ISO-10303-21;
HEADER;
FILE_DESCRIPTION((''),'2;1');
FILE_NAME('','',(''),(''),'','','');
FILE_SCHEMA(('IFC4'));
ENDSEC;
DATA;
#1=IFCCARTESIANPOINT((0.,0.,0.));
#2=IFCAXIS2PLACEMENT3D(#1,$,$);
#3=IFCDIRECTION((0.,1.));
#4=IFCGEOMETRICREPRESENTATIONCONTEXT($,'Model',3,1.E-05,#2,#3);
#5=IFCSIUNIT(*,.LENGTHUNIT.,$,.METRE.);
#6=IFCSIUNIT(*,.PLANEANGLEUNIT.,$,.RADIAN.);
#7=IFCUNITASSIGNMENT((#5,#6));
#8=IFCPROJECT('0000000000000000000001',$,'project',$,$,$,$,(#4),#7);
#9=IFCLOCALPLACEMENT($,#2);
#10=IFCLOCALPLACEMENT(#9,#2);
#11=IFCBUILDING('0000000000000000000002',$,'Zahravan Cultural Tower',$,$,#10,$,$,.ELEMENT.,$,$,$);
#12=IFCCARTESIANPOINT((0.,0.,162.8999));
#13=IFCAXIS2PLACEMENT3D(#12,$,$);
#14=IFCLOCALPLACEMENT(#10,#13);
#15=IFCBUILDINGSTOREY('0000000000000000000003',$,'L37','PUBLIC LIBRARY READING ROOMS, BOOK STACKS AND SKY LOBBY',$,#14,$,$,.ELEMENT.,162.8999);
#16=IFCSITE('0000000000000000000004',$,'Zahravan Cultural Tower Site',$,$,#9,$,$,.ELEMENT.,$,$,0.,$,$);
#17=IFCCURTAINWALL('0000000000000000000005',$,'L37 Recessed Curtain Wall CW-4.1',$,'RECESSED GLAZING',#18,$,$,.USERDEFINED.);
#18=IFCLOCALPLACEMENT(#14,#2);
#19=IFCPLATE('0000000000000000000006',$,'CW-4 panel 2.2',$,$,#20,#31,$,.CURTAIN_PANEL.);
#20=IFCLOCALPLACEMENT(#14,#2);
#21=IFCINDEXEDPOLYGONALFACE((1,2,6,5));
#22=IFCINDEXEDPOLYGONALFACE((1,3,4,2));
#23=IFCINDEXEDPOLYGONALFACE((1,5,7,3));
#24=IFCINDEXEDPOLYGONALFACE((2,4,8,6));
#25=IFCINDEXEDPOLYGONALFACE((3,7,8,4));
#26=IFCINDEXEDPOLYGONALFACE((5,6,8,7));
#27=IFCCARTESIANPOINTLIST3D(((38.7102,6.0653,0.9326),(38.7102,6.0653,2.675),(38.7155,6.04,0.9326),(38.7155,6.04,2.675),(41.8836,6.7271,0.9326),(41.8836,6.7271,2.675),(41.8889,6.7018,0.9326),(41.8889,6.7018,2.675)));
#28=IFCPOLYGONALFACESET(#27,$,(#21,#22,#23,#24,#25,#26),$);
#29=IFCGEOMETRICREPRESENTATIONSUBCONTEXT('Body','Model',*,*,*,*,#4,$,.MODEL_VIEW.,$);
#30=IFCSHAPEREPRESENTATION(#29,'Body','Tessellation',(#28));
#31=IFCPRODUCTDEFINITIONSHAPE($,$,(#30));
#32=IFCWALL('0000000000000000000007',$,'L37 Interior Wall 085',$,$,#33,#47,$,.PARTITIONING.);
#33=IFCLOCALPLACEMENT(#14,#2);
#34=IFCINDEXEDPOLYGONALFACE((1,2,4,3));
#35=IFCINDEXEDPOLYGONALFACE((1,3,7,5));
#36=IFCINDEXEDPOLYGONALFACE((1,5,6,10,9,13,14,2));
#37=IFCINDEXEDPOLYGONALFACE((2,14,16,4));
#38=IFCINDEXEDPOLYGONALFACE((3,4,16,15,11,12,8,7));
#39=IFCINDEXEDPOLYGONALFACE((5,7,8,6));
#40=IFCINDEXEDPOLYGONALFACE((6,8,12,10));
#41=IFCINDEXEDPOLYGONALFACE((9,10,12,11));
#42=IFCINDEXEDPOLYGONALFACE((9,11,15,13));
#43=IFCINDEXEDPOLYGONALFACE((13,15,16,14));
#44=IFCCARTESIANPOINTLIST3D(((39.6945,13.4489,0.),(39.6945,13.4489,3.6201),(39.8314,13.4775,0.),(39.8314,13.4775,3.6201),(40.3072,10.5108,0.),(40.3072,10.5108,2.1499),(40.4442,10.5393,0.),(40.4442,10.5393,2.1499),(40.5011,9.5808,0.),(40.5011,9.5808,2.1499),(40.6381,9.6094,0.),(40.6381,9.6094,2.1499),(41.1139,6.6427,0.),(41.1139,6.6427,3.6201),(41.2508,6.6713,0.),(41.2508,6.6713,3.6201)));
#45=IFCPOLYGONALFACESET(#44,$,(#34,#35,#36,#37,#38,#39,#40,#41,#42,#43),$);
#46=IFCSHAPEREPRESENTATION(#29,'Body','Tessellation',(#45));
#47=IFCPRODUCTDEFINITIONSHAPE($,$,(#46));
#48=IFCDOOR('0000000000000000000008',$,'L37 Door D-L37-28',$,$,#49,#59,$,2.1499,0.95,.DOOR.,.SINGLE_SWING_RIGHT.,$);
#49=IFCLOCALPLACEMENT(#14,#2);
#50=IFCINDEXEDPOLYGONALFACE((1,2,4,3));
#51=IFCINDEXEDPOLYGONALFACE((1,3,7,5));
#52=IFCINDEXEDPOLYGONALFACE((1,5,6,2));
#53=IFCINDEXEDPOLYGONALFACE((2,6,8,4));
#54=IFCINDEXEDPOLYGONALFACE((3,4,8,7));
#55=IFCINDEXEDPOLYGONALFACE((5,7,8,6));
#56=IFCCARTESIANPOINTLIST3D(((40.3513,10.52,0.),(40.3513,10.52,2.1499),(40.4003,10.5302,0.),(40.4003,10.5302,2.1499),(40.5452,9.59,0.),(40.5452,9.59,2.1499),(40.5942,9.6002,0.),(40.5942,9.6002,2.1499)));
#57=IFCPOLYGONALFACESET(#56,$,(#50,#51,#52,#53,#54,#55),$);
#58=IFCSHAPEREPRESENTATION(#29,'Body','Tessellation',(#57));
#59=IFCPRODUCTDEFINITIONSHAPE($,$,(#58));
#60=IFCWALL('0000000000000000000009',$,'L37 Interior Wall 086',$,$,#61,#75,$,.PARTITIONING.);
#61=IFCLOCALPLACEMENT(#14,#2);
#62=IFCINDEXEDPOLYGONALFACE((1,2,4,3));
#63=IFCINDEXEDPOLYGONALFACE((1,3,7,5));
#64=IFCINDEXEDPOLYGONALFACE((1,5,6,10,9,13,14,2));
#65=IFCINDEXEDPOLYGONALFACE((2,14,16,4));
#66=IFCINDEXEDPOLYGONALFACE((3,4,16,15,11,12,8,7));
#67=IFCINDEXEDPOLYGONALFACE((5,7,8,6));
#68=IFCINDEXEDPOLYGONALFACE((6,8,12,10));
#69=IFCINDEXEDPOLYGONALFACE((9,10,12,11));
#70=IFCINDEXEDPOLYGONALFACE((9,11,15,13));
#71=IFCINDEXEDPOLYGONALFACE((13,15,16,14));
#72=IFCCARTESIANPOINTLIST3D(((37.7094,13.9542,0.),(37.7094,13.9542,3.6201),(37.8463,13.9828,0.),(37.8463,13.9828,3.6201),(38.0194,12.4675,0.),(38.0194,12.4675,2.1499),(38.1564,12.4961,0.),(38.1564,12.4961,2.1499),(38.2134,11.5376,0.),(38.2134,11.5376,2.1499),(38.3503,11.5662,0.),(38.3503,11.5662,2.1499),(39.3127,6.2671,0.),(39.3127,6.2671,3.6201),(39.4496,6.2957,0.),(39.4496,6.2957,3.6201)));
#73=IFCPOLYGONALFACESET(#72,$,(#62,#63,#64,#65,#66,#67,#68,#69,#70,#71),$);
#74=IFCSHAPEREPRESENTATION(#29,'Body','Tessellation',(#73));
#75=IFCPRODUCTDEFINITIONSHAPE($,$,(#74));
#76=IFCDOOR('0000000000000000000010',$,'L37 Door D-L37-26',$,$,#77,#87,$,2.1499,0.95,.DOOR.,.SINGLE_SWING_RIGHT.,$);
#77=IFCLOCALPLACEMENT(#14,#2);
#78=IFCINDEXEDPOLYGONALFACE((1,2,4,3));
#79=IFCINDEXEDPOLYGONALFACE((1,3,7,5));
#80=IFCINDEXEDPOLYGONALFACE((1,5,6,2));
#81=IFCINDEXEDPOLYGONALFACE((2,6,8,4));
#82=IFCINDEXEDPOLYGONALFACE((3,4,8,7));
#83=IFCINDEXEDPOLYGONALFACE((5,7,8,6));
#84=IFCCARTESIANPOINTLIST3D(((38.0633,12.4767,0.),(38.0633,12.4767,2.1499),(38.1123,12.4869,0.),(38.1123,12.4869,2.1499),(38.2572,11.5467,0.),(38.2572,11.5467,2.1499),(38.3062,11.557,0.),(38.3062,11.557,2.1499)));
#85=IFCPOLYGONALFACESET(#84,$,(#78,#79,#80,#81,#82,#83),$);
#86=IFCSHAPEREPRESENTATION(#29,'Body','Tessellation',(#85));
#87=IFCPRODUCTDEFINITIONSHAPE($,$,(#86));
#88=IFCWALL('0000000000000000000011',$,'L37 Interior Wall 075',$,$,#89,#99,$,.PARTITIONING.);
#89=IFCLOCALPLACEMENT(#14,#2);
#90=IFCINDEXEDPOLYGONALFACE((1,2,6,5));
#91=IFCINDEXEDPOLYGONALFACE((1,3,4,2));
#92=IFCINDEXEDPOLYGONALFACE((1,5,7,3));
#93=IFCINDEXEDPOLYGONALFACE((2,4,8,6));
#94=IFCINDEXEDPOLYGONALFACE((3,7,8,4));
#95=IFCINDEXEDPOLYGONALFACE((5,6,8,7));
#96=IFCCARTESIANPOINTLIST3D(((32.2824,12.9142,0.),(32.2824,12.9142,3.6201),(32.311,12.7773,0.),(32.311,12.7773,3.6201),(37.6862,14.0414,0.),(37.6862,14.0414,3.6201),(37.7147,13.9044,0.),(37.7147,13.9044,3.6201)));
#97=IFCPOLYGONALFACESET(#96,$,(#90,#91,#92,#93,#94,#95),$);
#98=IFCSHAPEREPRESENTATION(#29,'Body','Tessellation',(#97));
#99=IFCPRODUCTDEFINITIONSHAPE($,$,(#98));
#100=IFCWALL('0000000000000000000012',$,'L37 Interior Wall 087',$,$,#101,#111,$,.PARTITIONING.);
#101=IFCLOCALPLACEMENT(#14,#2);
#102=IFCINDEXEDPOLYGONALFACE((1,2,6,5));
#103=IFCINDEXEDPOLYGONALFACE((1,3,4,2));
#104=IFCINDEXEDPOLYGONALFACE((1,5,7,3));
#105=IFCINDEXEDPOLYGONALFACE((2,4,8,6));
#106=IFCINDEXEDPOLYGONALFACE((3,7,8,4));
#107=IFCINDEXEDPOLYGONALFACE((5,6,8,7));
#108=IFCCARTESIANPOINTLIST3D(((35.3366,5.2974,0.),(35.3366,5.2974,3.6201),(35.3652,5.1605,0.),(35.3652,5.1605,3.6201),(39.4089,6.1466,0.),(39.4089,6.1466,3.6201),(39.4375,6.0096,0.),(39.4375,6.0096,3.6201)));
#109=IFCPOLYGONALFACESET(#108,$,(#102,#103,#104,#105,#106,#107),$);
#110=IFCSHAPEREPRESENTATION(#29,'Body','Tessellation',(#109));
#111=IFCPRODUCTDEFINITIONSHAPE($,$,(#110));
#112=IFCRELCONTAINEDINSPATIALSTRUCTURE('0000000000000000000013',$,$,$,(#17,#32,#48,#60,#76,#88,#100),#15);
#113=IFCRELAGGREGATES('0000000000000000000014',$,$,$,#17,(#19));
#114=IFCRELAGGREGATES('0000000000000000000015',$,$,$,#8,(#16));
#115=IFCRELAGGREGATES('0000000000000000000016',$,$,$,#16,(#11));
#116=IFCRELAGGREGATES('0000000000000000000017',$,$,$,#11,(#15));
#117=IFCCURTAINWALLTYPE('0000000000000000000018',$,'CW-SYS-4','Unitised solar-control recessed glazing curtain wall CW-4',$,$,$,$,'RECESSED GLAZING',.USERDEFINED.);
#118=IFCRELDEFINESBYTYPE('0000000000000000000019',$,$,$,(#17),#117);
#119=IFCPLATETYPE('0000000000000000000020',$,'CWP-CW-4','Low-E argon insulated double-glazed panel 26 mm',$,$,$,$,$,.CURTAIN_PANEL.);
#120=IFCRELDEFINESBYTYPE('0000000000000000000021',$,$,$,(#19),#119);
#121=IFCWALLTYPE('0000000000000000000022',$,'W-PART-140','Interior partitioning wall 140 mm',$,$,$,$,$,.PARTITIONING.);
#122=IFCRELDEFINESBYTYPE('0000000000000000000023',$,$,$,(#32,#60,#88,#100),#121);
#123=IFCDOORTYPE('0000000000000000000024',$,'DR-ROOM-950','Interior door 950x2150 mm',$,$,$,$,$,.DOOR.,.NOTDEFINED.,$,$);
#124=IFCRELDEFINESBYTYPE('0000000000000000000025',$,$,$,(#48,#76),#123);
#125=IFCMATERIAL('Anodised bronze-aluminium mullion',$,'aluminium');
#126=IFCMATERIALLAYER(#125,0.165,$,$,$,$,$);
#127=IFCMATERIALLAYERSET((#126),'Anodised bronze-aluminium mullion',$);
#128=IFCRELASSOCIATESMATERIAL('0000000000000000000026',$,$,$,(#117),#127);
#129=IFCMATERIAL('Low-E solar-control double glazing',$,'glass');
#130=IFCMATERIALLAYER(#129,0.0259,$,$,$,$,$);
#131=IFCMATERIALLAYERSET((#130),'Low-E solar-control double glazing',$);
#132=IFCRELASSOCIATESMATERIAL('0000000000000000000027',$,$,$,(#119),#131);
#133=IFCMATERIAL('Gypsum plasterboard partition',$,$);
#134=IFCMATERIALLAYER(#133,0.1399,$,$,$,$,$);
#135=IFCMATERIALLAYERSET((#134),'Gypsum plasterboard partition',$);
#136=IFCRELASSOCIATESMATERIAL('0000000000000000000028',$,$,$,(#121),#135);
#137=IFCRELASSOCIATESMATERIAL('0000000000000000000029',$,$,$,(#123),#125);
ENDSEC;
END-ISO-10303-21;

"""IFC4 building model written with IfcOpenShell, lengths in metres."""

from ifc_helpers import new_model, si_unit, direction, frame, frame_2d, origin, origin_2d, place, context, subcontext, project, spatial, rectangle, extrude, source, transform, mapped, material, layer, layer_set, type_object, element, fill, aggregate, save


model = new_model("IFC4")

# Units and contexts
model_context = context("Model", 3, precision=1e-05, world=origin(), true_north=direction((0.0, 1.0)))
body_context = subcontext(model_context, "Body", "Model", "MODEL_VIEW")
ifc_project = project(units=[si_unit("LENGTHUNIT", "METRE"), si_unit("PLANEANGLEUNIT", "RADIAN")], contexts=[model_context])

# Site, building, storey
site_placement = place(None, origin())
site = spatial("IfcSite", under=ifc_project, at=site_placement, Name="Zahravan Cultural Tower Site", CompositionType="ELEMENT", RefElevation=0.0)
building_placement = place(site_placement, origin())
building = spatial("IfcBuilding", under=site, at=building_placement, Name="Zahravan Cultural Tower", CompositionType="ELEMENT")
storey_placement = place(building_placement, frame((0.0, 0.0, 162.8999)))
storey = spatial("IfcBuildingStorey", under=building, at=storey_placement, Name="L37", Description="PUBLIC LIBRARY READING ROOMS, BOOK STACKS AND SKY LOBBY", CompositionType="ELEMENT", Elevation=162.8999)

# Curtain wall, plate
ifc_material_1 = material(Name="Anodised bronze-aluminium mullion", Category="aluminium")
ifc_layer_1 = layer(ifc_material_1, 0.165)
ifc_layer_set_1 = layer_set([ifc_layer_1], Name="Anodised bronze-aluminium mullion")
curtain_wall_type = type_object("IfcCurtainWallType", Name="CW-SYS-4", Description="Unitised solar-control recessed glazing curtain wall CW-4", ElementType="RECESSED GLAZING", PredefinedType="USERDEFINED", material=ifc_layer_set_1)
curtain_wall_placement = place(storey_placement, origin())
curtain_wall = element("IfcCurtainWall", 1, at=curtain_wall_placement, inside=storey, type_object=curtain_wall_type, Name="L37 Recessed Curtain Wall CW-4.1", ObjectType="RECESSED GLAZING", PredefinedType="USERDEFINED")
ifc_material_2 = material(Name="Low-E solar-control double glazing", Category="glass")
ifc_layer_2 = layer(ifc_material_2, 0.0259)
ifc_layer_set_2 = layer_set([ifc_layer_2], Name="Low-E solar-control double glazing")
plate_type = type_object("IfcPlateType", Name="CWP-CW-4", Description="Low-E argon insulated double-glazed panel 26 mm", PredefinedType="CURTAIN_PANEL", material=ifc_layer_set_2)
shared_shape_1 = source(origin(), body_context, "Body", "SweptSolid", [
    extrude(rectangle(XDim=3.2417, YDim=0.0259, at=origin_2d()), origin(), (0.0, 0.0, 1.0), 1.7424),
])
plate_1_placement = place(storey_placement, frame((40.2996, 6.3835, 0.9326), z_axis=(0.0, 0.0, 1.0), x_axis=(-0.978937, -0.204162, 0.0)))
plate_1 = element("IfcPlate", 2, at=plate_1_placement, type_object=plate_type, Name="CW-4 panel 2.2", PredefinedType="CURTAIN_PANEL", context=body_context, shape_type="MappedRepresentation", body=[
    mapped(shared_shape_1, transform((0.0, 0.0, 0.0), x_axis=(1.0, 0.0, 0.0), y_axis=(0.0, 1.0, 0.0), z_axis=(0.0, 0.0, 1.0), scale=1.0)),
])
aggregate(curtain_wall, [plate_1])

# Walls, openings, doors
ifc_material_3 = material(Name="Gypsum plasterboard partition")
ifc_layer_3 = layer(ifc_material_3, 0.1399)
ifc_layer_set_3 = layer_set([ifc_layer_3], Name="Gypsum plasterboard partition")
wall_type = type_object("IfcWallType", Name="W-PART-140", Description="Interior partitioning wall 140 mm", PredefinedType="PARTITIONING", material=ifc_layer_set_3)
door_type = type_object("IfcDoorType", Name="DR-ROOM-950", Description="Interior door 950x2150 mm", OperationType="NOTDEFINED", PredefinedType="DOOR", material=ifc_material_1)
shared_shape_2 = source(origin(), body_context, "Body", "SweptSolid", [
    extrude(rectangle(XDim=0.95, YDim=2.1499, at=frame_2d((0.4751, 1.075))), frame((0.0, 0.0249, 0.0), z_axis=(0.0, -1.0, 0.0), x_axis=(1.0, 0.0, 0.0)), (0.0, 0.0, 1.0), 0.05),
])
wall_1_placement = place(storey_placement, frame((41.1824, 6.657, 0.0), z_axis=(0.0, 0.0, 1.0), x_axis=(-0.204159, 0.978938, 0.0)))
wall_1 = element("IfcWall", 3, at=wall_1_placement, inside=storey, type_object=wall_type, Name="L37 Interior Wall 085", PredefinedType="PARTITIONING", context=body_context, shape_type="SweptSolid", body=[
    extrude(rectangle(XDim=6.9526, YDim=0.1399, at=frame_2d((3.4763, 0.0))), origin(), (0.0, 0.0, 1.0), 3.6201),
])
opening_1_placement = place(wall_1_placement, frame((3.0012, 0.0, 0.0)))
opening_1 = element("IfcOpeningElement", 4, at=opening_1_placement, cuts=wall_1, PredefinedType="OPENING", context=body_context, shape_type="SweptSolid", body=[
    extrude(rectangle(XDim=0.95, YDim=2.1499, at=frame_2d((0.4751, 1.075))), frame((0.0, 0.0798, 0.0), z_axis=(0.0, -1.0, 0.0), x_axis=(1.0, 0.0, 0.0)), (0.0, 0.0, 1.0), 0.1599),
])
door_1_placement = place(opening_1_placement, origin())
door_1 = element("IfcDoor", 5, at=door_1_placement, inside=storey, type_object=door_type, Name="L37 Door D-L37-28", OperationType="SINGLE_SWING_RIGHT", OverallHeight=2.1499, OverallWidth=0.95, PredefinedType="DOOR", context=body_context, shape_type="MappedRepresentation", body=[
    mapped(shared_shape_2, transform((0.0, 0.0, 0.0), x_axis=(1.0, 0.0, 0.0), y_axis=(0.0, 1.0, 0.0), z_axis=(0.0, 0.0, 1.0), scale=1.0)),
])
fill(opening_1, door_1)
wall_2_placement = place(storey_placement, frame((37.7778, 13.9685, 0.0), z_axis=(0.0, 0.0, 1.0), x_axis=(0.204175, -0.978934, 0.0)))
wall_2 = element("IfcWall", 6, at=wall_2_placement, inside=storey, type_object=wall_type, Name="L37 Interior Wall 086", PredefinedType="PARTITIONING", context=body_context, shape_type="SweptSolid", body=[
    extrude(rectangle(XDim=7.8525, YDim=0.1399, at=frame_2d((3.9263, 0.0))), origin(), (0.0, 0.0, 1.0), 3.6201),
])
opening_2_placement = place(wall_2_placement, frame((1.5186, 0.0, 0.0)))
opening_2 = element("IfcOpeningElement", 7, at=opening_2_placement, cuts=wall_2, PredefinedType="OPENING", context=body_context, shape_type="SweptSolid", body=[
    extrude(rectangle(XDim=0.95, YDim=2.1499, at=frame_2d((0.4751, 1.075))), frame((0.0, 0.0798, 0.0), z_axis=(0.0, -1.0, 0.0), x_axis=(1.0, 0.0, 0.0)), (0.0, 0.0, 1.0), 0.1599),
])
door_2_placement = place(opening_2_placement, origin())
door_2 = element("IfcDoor", 8, at=door_2_placement, inside=storey, type_object=door_type, Name="L37 Door D-L37-26", OperationType="SINGLE_SWING_RIGHT", OverallHeight=2.1499, OverallWidth=0.95, PredefinedType="DOOR", context=body_context, shape_type="MappedRepresentation", body=[
    mapped(shared_shape_2, transform((0.0, 0.0, 0.0), x_axis=(1.0, 0.0, 0.0), y_axis=(0.0, 1.0, 0.0), z_axis=(0.0, 0.0, 1.0), scale=1.0)),
])
fill(opening_2, door_2)

# Walls
shared_shape_3 = source(origin(), body_context, "Body", "SweptSolid", [
    extrude(rectangle(XDim=5.52, YDim=0.1399, at=frame_2d((2.76, 0.0))), origin(), (0.0, 0.0, 1.0), 3.6201),
])
wall_3_placement = place(storey_placement, frame((37.7004, 13.9729, 0.0), z_axis=(0.0, 0.0, 1.0), x_axis=(-0.97893, -0.204198, 0.0)))
element("IfcWall", 9, at=wall_3_placement, inside=storey, type_object=wall_type, Name="L37 Interior Wall 075", PredefinedType="PARTITIONING", context=body_context, shape_type="MappedRepresentation", body=[
    mapped(shared_shape_3, transform((0.0, 0.0, 0.0), x_axis=(1.0, 0.0, 0.0), y_axis=(0.0, 1.0, 0.0), z_axis=(0.0, 0.0, 1.0), scale=1.0)),
])
shared_shape_4 = source(origin(), body_context, "Body", "SweptSolid", [
    extrude(rectangle(XDim=4.1599, YDim=0.1399, at=frame_2d((2.0801, 0.0))), origin(), (0.0, 0.0, 1.0), 3.6201),
])
wall_4_placement = place(storey_placement, frame((39.4233, 6.0781, 0.0), z_axis=(0.0, 0.0, 1.0), x_axis=(-0.978945, -0.204123, 0.0)))
element("IfcWall", 10, at=wall_4_placement, inside=storey, type_object=wall_type, Name="L37 Interior Wall 087", PredefinedType="PARTITIONING", context=body_context, shape_type="MappedRepresentation", body=[
    mapped(shared_shape_4, transform((0.0, 0.0, 0.0), x_axis=(1.0, 0.0, 0.0), y_axis=(0.0, 1.0, 0.0), z_axis=(0.0, 0.0, 1.0), scale=1.0)),
])

save(model, "model.ifc")
